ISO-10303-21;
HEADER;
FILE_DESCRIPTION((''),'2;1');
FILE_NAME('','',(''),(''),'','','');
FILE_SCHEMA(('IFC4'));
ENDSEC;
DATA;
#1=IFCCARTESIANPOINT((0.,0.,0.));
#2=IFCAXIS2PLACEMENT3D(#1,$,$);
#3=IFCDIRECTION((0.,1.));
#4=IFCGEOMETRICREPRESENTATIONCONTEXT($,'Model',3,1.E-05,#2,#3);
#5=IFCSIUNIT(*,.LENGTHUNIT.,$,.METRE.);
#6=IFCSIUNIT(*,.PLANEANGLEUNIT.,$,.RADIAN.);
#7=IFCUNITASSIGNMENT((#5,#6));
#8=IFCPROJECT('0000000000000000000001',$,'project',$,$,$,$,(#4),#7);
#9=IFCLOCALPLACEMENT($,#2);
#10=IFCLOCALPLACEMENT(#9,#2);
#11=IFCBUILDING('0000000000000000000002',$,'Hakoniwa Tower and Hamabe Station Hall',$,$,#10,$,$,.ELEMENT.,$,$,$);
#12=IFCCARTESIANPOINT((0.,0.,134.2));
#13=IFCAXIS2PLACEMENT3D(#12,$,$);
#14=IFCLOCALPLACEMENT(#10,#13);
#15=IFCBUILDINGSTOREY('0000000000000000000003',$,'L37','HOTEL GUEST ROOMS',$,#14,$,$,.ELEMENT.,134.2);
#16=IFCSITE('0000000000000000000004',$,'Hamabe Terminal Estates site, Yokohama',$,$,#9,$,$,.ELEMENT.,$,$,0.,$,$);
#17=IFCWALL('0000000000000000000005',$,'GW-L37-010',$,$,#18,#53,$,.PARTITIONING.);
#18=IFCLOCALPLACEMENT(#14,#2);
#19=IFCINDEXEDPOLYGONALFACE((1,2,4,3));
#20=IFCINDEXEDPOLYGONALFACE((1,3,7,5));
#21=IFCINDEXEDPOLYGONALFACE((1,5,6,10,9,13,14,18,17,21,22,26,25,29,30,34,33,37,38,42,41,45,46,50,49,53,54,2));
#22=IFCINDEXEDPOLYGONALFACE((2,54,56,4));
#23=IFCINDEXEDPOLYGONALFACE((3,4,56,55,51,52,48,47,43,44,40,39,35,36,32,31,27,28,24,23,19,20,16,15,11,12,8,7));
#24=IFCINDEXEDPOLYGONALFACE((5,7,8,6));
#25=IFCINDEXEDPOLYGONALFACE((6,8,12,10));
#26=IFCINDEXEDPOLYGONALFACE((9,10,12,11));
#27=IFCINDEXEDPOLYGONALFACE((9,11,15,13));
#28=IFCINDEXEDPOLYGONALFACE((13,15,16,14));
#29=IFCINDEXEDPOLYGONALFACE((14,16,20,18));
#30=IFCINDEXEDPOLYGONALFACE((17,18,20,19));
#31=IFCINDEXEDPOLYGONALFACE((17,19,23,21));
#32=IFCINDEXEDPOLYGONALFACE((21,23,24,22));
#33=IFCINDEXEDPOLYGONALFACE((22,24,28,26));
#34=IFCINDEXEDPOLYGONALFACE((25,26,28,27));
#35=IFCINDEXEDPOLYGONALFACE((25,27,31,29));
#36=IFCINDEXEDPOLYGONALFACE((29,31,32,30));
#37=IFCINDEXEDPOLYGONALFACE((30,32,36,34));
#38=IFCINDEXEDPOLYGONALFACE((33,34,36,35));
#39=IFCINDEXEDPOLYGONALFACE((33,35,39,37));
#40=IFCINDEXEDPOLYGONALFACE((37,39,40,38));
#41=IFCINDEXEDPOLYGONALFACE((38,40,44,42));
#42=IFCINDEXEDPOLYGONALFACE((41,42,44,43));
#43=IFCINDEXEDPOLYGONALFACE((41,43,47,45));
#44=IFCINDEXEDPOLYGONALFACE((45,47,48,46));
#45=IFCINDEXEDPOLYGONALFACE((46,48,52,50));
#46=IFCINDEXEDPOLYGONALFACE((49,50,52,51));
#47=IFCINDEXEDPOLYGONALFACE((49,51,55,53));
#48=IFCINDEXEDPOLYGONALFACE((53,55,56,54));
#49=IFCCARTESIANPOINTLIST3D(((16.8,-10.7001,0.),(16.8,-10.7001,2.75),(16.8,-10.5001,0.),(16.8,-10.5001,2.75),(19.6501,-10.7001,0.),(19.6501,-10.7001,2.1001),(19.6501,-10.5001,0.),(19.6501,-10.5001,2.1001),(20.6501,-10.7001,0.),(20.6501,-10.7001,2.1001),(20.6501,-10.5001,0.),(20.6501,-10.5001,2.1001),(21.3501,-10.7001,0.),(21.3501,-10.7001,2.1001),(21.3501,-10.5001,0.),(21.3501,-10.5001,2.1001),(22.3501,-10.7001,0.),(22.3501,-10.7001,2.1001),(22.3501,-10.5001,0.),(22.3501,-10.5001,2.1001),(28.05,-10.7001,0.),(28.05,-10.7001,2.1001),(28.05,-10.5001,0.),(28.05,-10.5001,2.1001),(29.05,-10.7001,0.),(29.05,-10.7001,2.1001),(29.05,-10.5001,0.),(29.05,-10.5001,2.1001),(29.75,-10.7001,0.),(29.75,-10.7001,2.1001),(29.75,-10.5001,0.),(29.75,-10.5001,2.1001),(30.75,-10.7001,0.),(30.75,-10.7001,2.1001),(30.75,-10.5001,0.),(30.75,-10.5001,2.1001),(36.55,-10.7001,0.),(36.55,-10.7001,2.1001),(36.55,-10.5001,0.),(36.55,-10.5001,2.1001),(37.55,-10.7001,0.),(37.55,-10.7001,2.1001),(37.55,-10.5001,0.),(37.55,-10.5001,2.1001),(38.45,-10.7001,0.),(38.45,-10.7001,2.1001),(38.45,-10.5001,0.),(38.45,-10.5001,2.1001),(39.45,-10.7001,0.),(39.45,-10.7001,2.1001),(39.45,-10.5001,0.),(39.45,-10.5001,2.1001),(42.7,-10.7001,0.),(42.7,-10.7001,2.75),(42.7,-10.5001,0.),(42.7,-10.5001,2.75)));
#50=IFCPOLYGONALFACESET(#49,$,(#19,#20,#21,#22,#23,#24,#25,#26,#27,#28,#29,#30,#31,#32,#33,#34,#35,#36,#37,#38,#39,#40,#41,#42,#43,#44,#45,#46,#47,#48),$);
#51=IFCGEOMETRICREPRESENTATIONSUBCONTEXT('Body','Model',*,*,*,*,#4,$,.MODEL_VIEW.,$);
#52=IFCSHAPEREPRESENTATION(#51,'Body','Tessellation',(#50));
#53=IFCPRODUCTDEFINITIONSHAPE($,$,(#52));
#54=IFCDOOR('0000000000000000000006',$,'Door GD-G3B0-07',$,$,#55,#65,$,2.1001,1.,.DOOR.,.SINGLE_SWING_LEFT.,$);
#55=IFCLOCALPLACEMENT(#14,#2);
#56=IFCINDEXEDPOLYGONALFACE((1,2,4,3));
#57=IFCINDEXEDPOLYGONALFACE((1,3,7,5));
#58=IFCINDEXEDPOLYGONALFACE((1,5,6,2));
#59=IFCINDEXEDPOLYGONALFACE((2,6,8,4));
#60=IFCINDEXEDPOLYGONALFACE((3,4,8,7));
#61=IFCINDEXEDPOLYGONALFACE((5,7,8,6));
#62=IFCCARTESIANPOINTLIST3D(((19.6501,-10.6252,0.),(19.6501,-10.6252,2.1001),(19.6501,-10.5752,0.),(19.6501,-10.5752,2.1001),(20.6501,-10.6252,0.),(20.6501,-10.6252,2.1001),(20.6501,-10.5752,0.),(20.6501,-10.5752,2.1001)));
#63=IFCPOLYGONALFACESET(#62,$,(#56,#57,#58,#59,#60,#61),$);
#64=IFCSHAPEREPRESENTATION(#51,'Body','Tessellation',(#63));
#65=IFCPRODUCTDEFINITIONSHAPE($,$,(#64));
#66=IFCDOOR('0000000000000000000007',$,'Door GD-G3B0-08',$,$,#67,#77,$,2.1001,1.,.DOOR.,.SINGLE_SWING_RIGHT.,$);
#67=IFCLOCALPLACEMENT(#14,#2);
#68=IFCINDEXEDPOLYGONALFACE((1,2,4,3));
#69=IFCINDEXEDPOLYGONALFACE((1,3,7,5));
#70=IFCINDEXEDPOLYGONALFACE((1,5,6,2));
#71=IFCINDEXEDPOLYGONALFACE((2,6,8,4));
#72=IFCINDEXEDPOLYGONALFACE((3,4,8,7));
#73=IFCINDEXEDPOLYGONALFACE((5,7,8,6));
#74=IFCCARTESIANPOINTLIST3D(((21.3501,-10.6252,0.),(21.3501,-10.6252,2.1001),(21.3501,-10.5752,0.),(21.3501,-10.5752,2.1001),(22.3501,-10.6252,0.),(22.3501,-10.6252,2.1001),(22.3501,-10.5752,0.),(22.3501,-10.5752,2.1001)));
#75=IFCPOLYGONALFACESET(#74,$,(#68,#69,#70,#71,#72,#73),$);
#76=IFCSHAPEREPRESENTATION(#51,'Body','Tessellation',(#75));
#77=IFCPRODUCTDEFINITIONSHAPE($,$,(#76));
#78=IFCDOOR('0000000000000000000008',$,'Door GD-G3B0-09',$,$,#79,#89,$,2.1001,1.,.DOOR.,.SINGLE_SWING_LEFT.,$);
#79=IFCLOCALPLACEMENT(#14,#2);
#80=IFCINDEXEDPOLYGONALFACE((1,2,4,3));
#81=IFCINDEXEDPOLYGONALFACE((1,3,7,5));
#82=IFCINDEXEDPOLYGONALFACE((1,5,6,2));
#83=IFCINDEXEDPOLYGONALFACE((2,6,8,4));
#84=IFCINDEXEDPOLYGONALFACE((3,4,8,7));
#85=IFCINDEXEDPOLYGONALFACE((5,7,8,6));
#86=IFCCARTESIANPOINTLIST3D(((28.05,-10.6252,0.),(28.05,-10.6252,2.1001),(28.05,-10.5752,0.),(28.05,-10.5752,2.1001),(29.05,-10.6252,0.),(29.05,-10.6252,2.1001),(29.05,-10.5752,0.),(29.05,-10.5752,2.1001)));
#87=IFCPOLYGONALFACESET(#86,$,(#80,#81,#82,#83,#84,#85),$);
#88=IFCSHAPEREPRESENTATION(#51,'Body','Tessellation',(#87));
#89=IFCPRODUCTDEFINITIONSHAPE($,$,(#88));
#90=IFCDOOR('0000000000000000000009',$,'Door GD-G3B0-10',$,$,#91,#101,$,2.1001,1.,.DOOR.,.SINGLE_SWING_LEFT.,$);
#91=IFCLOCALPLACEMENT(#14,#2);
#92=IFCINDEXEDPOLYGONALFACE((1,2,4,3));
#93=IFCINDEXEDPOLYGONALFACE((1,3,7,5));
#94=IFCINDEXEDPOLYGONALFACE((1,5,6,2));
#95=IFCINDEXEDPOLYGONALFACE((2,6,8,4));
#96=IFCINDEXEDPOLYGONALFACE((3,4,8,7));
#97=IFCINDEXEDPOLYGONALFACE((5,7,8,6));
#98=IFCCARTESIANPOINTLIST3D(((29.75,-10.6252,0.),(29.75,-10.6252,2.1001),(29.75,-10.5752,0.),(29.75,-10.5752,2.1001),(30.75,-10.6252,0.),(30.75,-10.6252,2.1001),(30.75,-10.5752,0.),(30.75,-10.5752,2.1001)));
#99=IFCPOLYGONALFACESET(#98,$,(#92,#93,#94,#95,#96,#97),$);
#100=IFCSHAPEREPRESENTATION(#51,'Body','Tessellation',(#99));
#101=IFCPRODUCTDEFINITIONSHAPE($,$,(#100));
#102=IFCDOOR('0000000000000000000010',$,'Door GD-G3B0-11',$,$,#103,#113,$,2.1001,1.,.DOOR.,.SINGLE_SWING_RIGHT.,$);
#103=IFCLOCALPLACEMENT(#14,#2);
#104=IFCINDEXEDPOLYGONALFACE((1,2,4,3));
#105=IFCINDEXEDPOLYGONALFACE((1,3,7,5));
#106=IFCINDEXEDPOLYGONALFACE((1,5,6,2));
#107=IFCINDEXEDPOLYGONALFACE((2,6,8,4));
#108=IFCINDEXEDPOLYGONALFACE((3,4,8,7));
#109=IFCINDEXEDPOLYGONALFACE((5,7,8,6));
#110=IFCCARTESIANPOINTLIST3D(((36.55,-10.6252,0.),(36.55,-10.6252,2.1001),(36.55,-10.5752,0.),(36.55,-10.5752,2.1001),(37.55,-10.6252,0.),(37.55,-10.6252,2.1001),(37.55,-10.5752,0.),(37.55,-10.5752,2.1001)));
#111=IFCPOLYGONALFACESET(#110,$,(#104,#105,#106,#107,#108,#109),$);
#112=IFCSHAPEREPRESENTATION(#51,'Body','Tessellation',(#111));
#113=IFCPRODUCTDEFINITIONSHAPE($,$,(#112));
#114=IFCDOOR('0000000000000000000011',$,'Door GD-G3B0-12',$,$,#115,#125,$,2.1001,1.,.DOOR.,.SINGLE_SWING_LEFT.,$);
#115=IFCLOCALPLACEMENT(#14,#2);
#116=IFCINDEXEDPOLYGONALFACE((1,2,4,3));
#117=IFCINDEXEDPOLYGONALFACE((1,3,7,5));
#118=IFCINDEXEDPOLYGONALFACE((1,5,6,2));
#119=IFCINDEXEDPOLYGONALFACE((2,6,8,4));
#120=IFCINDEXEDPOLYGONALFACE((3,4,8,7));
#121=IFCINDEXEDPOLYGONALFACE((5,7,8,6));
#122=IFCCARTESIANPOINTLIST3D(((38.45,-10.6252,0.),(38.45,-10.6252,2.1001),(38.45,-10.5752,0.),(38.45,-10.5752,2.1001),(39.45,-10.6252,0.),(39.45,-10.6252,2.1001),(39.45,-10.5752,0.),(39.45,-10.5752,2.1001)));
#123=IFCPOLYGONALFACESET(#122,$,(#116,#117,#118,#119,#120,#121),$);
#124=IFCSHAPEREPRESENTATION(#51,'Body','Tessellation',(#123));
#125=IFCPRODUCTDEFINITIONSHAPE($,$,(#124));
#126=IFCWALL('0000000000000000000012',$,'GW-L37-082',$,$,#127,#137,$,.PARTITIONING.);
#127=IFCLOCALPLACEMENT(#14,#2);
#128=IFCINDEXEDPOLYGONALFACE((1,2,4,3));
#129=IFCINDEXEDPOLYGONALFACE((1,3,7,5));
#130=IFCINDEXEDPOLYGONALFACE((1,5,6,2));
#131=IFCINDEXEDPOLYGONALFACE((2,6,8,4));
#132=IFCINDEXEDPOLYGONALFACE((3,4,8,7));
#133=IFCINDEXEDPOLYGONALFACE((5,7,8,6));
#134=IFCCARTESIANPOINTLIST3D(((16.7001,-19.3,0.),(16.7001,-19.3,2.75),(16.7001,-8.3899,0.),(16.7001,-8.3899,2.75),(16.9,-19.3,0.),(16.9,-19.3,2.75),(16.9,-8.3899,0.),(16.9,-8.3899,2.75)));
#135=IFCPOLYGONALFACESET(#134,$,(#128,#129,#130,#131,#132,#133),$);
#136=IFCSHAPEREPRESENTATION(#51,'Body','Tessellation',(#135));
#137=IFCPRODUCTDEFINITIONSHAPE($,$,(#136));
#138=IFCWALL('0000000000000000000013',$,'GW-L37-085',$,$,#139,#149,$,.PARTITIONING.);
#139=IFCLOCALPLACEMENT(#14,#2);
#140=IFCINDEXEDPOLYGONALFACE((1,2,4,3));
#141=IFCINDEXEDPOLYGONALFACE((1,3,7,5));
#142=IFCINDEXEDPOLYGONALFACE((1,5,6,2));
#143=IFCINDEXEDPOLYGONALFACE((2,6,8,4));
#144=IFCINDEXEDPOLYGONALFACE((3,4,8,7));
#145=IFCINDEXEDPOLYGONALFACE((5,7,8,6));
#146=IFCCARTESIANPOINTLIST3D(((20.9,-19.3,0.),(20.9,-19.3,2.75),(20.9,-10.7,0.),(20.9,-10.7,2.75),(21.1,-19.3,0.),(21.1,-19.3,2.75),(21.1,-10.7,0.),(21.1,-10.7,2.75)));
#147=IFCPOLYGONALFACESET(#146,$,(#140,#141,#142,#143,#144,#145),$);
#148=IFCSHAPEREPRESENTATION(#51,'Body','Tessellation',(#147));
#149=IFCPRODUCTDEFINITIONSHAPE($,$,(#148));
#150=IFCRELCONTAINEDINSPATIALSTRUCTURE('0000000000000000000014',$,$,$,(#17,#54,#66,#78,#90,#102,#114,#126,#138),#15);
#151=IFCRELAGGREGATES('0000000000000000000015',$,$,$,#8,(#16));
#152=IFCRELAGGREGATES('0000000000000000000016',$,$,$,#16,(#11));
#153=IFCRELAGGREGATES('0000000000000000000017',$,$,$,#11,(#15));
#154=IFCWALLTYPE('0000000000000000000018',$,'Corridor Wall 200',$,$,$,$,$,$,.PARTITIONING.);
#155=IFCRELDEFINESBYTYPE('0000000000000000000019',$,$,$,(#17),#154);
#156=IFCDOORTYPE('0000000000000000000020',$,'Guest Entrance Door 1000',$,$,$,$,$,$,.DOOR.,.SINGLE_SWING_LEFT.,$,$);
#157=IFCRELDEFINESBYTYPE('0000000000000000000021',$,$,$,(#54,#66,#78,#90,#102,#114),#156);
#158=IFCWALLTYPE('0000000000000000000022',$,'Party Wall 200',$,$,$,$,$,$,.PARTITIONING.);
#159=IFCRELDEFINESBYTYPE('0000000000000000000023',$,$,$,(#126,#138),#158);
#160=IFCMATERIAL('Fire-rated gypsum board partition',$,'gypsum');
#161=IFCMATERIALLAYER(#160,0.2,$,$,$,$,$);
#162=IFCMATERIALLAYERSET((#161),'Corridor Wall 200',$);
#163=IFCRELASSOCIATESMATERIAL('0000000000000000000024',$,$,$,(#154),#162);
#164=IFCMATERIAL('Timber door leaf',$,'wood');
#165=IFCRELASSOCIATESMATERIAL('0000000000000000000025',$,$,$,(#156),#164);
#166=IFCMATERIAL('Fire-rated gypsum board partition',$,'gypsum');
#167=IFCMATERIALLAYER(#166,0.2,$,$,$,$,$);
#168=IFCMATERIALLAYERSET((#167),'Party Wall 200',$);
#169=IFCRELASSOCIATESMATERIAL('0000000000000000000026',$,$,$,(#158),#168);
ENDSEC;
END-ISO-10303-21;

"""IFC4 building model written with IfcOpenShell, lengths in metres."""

from ifc_helpers import new_model, si_unit, direction, frame, frame_2d, origin, place, context, subcontext, project, spatial, rectangle, extrude, material, layer, layer_set, type_object, element, fill, save


model = new_model("IFC4")

# Units and contexts
model_context = context("Model", 3, precision=1e-05, world=origin(), true_north=direction((0.0, 1.0)))
body_context = subcontext(model_context, "Body", "Model", "MODEL_VIEW")
ifc_project = project(units=[si_unit("LENGTHUNIT", "METRE"), si_unit("PLANEANGLEUNIT", "RADIAN")], contexts=[model_context])

# Site, building, storey
site_placement = place(None, origin())
site = spatial("IfcSite", under=ifc_project, at=site_placement, Name="Hamabe Terminal Estates site, Yokohama", CompositionType="ELEMENT", RefElevation=0.0)
building_placement = place(site_placement, origin())
building = spatial("IfcBuilding", under=site, at=building_placement, Name="Hakoniwa Tower and Hamabe Station Hall", CompositionType="ELEMENT")
storey_placement = place(building_placement, frame((0.0, 0.0, 134.2)))
storey = spatial("IfcBuildingStorey", under=building, at=storey_placement, Name="L37", Description="HOTEL GUEST ROOMS", CompositionType="ELEMENT", Elevation=134.2)

# Wall, openings, doors
ifc_material_1 = material(Name="Fire-rated gypsum board partition", Category="gypsum")
ifc_layer_1 = layer(ifc_material_1, 0.2)
ifc_layer_set_1 = layer_set([ifc_layer_1], Name="Corridor Wall 200")
wall_type_1 = type_object("IfcWallType", Name="Corridor Wall 200", PredefinedType="PARTITIONING", material=ifc_layer_set_1)
wall_1_placement = place(storey_placement, frame((16.8, -10.6001, 0.0), z_axis=(0.0, 0.0, 1.0), x_axis=(1.0, 0.0, 0.0)))
wall_1 = element("IfcWall", 1, at=wall_1_placement, inside=storey, type_object=wall_type_1, Name="GW-L37-010", PredefinedType="PARTITIONING", context=body_context, shape_type="SweptSolid", body=[
    extrude(rectangle(XDim=25.8999, YDim=0.2, at=frame_2d((12.95, 0.0))), origin(), (0.0, 0.0, 1.0), 2.75),
])
opening_1_placement = place(wall_1_placement, frame((2.8501, 0.0, 0.0)))
opening_1 = element("IfcOpeningElement", 2, at=opening_1_placement, cuts=wall_1, PredefinedType="OPENING", context=body_context, shape_type="SweptSolid", body=[
    extrude(rectangle(XDim=1.0, YDim=2.1001, at=frame_2d((0.5, 1.05))), frame((0.0, 0.1099, 0.0), z_axis=(0.0, -1.0, 0.0), x_axis=(1.0, 0.0, 0.0)), (0.0, 0.0, 1.0), 0.22),
])
opening_2_placement = place(wall_1_placement, frame((4.55, 0.0, 0.0)))
opening_2 = element("IfcOpeningElement", 3, at=opening_2_placement, cuts=wall_1, PredefinedType="OPENING", context=body_context, shape_type="SweptSolid", body=[
    extrude(rectangle(XDim=1.0, YDim=2.1001, at=frame_2d((0.5, 1.05))), frame((0.0, 0.1099, 0.0), z_axis=(0.0, -1.0, 0.0), x_axis=(1.0, 0.0, 0.0)), (0.0, 0.0, 1.0), 0.22),
])
opening_3_placement = place(wall_1_placement, frame((11.25, 0.0, 0.0)))
opening_3 = element("IfcOpeningElement", 4, at=opening_3_placement, cuts=wall_1, PredefinedType="OPENING", context=body_context, shape_type="SweptSolid", body=[
    extrude(rectangle(XDim=1.0, YDim=2.1001, at=frame_2d((0.5, 1.05))), frame((0.0, 0.1099, 0.0), z_axis=(0.0, -1.0, 0.0), x_axis=(1.0, 0.0, 0.0)), (0.0, 0.0, 1.0), 0.22),
])
opening_4_placement = place(wall_1_placement, frame((12.95, 0.0, 0.0)))
opening_4 = element("IfcOpeningElement", 5, at=opening_4_placement, cuts=wall_1, PredefinedType="OPENING", context=body_context, shape_type="SweptSolid", body=[
    extrude(rectangle(XDim=1.0, YDim=2.1001, at=frame_2d((0.5, 1.05))), frame((0.0, 0.1099, 0.0), z_axis=(0.0, -1.0, 0.0), x_axis=(1.0, 0.0, 0.0)), (0.0, 0.0, 1.0), 0.22),
])
opening_5_placement = place(wall_1_placement, frame((19.75, 0.0, 0.0)))
opening_5 = element("IfcOpeningElement", 6, at=opening_5_placement, cuts=wall_1, PredefinedType="OPENING", context=body_context, shape_type="SweptSolid", body=[
    extrude(rectangle(XDim=1.0, YDim=2.1001, at=frame_2d((0.5, 1.05))), frame((0.0, 0.1099, 0.0), z_axis=(0.0, -1.0, 0.0), x_axis=(1.0, 0.0, 0.0)), (0.0, 0.0, 1.0), 0.22),
])
opening_6_placement = place(wall_1_placement, frame((21.6499, 0.0, 0.0)))
opening_6 = element("IfcOpeningElement", 7, at=opening_6_placement, cuts=wall_1, PredefinedType="OPENING", context=body_context, shape_type="SweptSolid", body=[
    extrude(rectangle(XDim=1.0, YDim=2.1001, at=frame_2d((0.5, 1.05))), frame((0.0, 0.1099, 0.0), z_axis=(0.0, -1.0, 0.0), x_axis=(1.0, 0.0, 0.0)), (0.0, 0.0, 1.0), 0.22),
])
ifc_material_2 = material(Name="Timber door leaf", Category="wood")
door_type_1 = type_object("IfcDoorType", Name="Guest Entrance Door 1000", OperationType="SINGLE_SWING_LEFT", PredefinedType="DOOR", material=ifc_material_2)
door_1_placement = place(opening_1_placement, origin())
door_1 = element("IfcDoor", 8, at=door_1_placement, inside=storey, type_object=door_type_1, Name="Door GD-G3B0-07", OperationType="SINGLE_SWING_LEFT", OverallHeight=2.1001, OverallWidth=1.0, PredefinedType="DOOR", context=body_context, shape_type="SweptSolid", body=[
    extrude(rectangle(XDim=1.0, YDim=2.1001, at=frame_2d((0.5, 1.05))), frame((0.0, 0.0249, 0.0), z_axis=(0.0, -1.0, 0.0), x_axis=(1.0, 0.0, 0.0)), (0.0, 0.0, 1.0), 0.05),
])
fill(opening_1, door_1)
door_2_placement = place(opening_2_placement, origin())
door_2 = element("IfcDoor", 9, at=door_2_placement, inside=storey, type_object=door_type_1, Name="Door GD-G3B0-08", OperationType="SINGLE_SWING_RIGHT", OverallHeight=2.1001, OverallWidth=1.0, PredefinedType="DOOR", context=body_context, shape_type="SweptSolid", body=[
    extrude(rectangle(XDim=1.0, YDim=2.1001, at=frame_2d((0.5, 1.05))), frame((0.0, 0.0249, 0.0), z_axis=(0.0, -1.0, 0.0), x_axis=(1.0, 0.0, 0.0)), (0.0, 0.0, 1.0), 0.05),
])
fill(opening_2, door_2)
door_3_placement = place(opening_3_placement, origin())
door_3 = element("IfcDoor", 10, at=door_3_placement, inside=storey, type_object=door_type_1, Name="Door GD-G3B0-09", OperationType="SINGLE_SWING_LEFT", OverallHeight=2.1001, OverallWidth=1.0, PredefinedType="DOOR", context=body_context, shape_type="SweptSolid", body=[
    extrude(rectangle(XDim=1.0, YDim=2.1001, at=frame_2d((0.5, 1.05))), frame((0.0, 0.0249, 0.0), z_axis=(0.0, -1.0, 0.0), x_axis=(1.0, 0.0, 0.0)), (0.0, 0.0, 1.0), 0.05),
])
fill(opening_3, door_3)
door_4_placement = place(opening_4_placement, origin())
door_4 = element("IfcDoor", 11, at=door_4_placement, inside=storey, type_object=door_type_1, Name="Door GD-G3B0-10", OperationType="SINGLE_SWING_LEFT", OverallHeight=2.1001, OverallWidth=1.0, PredefinedType="DOOR", context=body_context, shape_type="SweptSolid", body=[
    extrude(rectangle(XDim=1.0, YDim=2.1001, at=frame_2d((0.5, 1.05))), frame((0.0, 0.0249, 0.0), z_axis=(0.0, -1.0, 0.0), x_axis=(1.0, 0.0, 0.0)), (0.0, 0.0, 1.0), 0.05),
])
fill(opening_4, door_4)
door_5_placement = place(opening_5_placement, origin())
door_5 = element("IfcDoor", 12, at=door_5_placement, inside=storey, type_object=door_type_1, Name="Door GD-G3B0-11", OperationType="SINGLE_SWING_RIGHT", OverallHeight=2.1001, OverallWidth=1.0, PredefinedType="DOOR", context=body_context, shape_type="SweptSolid", body=[
    extrude(rectangle(XDim=1.0, YDim=2.1001, at=frame_2d((0.5, 1.05))), frame((0.0, 0.0249, 0.0), z_axis=(0.0, -1.0, 0.0), x_axis=(1.0, 0.0, 0.0)), (0.0, 0.0, 1.0), 0.05),
])
fill(opening_5, door_5)
door_6_placement = place(opening_6_placement, origin())
door_6 = element("IfcDoor", 13, at=door_6_placement, inside=storey, type_object=door_type_1, Name="Door GD-G3B0-12", OperationType="SINGLE_SWING_LEFT", OverallHeight=2.1001, OverallWidth=1.0, PredefinedType="DOOR", context=body_context, shape_type="SweptSolid", body=[
    extrude(rectangle(XDim=1.0, YDim=2.1001, at=frame_2d((0.5, 1.05))), frame((0.0, 0.0249, 0.0), z_axis=(0.0, -1.0, 0.0), x_axis=(1.0, 0.0, 0.0)), (0.0, 0.0, 1.0), 0.05),
])
fill(opening_6, door_6)

# Walls
ifc_material_3 = material(Name="Fire-rated gypsum board partition", Category="gypsum")
ifc_layer_2 = layer(ifc_material_3, 0.2)
ifc_layer_set_2 = layer_set([ifc_layer_2], Name="Party Wall 200")
wall_type_2 = type_object("IfcWallType", Name="Party Wall 200", PredefinedType="PARTITIONING", material=ifc_layer_set_2)
wall_2_placement = place(storey_placement, frame((16.8, -19.3, 0.0), z_axis=(0.0, 0.0, 1.0), x_axis=(0.0, 1.0, 0.0)))
element("IfcWall", 14, at=wall_2_placement, inside=storey, type_object=wall_type_2, Name="GW-L37-082", PredefinedType="PARTITIONING", context=body_context, shape_type="SweptSolid", body=[
    extrude(rectangle(XDim=10.9102, YDim=0.2, at=frame_2d((5.4551, 0.0))), origin(), (0.0, 0.0, 1.0), 2.75),
])
wall_3_placement = place(storey_placement, frame((21.0, -19.3, 0.0), z_axis=(0.0, 0.0, 1.0), x_axis=(0.0, 1.0, 0.0)))
element("IfcWall", 15, at=wall_3_placement, inside=storey, type_object=wall_type_2, Name="GW-L37-085", PredefinedType="PARTITIONING", context=body_context, shape_type="SweptSolid", body=[
    extrude(rectangle(XDim=8.6001, YDim=0.2, at=frame_2d((4.3, 0.0))), origin(), (0.0, 0.0, 1.0), 2.75),
])

save(model, "model.ifc")
